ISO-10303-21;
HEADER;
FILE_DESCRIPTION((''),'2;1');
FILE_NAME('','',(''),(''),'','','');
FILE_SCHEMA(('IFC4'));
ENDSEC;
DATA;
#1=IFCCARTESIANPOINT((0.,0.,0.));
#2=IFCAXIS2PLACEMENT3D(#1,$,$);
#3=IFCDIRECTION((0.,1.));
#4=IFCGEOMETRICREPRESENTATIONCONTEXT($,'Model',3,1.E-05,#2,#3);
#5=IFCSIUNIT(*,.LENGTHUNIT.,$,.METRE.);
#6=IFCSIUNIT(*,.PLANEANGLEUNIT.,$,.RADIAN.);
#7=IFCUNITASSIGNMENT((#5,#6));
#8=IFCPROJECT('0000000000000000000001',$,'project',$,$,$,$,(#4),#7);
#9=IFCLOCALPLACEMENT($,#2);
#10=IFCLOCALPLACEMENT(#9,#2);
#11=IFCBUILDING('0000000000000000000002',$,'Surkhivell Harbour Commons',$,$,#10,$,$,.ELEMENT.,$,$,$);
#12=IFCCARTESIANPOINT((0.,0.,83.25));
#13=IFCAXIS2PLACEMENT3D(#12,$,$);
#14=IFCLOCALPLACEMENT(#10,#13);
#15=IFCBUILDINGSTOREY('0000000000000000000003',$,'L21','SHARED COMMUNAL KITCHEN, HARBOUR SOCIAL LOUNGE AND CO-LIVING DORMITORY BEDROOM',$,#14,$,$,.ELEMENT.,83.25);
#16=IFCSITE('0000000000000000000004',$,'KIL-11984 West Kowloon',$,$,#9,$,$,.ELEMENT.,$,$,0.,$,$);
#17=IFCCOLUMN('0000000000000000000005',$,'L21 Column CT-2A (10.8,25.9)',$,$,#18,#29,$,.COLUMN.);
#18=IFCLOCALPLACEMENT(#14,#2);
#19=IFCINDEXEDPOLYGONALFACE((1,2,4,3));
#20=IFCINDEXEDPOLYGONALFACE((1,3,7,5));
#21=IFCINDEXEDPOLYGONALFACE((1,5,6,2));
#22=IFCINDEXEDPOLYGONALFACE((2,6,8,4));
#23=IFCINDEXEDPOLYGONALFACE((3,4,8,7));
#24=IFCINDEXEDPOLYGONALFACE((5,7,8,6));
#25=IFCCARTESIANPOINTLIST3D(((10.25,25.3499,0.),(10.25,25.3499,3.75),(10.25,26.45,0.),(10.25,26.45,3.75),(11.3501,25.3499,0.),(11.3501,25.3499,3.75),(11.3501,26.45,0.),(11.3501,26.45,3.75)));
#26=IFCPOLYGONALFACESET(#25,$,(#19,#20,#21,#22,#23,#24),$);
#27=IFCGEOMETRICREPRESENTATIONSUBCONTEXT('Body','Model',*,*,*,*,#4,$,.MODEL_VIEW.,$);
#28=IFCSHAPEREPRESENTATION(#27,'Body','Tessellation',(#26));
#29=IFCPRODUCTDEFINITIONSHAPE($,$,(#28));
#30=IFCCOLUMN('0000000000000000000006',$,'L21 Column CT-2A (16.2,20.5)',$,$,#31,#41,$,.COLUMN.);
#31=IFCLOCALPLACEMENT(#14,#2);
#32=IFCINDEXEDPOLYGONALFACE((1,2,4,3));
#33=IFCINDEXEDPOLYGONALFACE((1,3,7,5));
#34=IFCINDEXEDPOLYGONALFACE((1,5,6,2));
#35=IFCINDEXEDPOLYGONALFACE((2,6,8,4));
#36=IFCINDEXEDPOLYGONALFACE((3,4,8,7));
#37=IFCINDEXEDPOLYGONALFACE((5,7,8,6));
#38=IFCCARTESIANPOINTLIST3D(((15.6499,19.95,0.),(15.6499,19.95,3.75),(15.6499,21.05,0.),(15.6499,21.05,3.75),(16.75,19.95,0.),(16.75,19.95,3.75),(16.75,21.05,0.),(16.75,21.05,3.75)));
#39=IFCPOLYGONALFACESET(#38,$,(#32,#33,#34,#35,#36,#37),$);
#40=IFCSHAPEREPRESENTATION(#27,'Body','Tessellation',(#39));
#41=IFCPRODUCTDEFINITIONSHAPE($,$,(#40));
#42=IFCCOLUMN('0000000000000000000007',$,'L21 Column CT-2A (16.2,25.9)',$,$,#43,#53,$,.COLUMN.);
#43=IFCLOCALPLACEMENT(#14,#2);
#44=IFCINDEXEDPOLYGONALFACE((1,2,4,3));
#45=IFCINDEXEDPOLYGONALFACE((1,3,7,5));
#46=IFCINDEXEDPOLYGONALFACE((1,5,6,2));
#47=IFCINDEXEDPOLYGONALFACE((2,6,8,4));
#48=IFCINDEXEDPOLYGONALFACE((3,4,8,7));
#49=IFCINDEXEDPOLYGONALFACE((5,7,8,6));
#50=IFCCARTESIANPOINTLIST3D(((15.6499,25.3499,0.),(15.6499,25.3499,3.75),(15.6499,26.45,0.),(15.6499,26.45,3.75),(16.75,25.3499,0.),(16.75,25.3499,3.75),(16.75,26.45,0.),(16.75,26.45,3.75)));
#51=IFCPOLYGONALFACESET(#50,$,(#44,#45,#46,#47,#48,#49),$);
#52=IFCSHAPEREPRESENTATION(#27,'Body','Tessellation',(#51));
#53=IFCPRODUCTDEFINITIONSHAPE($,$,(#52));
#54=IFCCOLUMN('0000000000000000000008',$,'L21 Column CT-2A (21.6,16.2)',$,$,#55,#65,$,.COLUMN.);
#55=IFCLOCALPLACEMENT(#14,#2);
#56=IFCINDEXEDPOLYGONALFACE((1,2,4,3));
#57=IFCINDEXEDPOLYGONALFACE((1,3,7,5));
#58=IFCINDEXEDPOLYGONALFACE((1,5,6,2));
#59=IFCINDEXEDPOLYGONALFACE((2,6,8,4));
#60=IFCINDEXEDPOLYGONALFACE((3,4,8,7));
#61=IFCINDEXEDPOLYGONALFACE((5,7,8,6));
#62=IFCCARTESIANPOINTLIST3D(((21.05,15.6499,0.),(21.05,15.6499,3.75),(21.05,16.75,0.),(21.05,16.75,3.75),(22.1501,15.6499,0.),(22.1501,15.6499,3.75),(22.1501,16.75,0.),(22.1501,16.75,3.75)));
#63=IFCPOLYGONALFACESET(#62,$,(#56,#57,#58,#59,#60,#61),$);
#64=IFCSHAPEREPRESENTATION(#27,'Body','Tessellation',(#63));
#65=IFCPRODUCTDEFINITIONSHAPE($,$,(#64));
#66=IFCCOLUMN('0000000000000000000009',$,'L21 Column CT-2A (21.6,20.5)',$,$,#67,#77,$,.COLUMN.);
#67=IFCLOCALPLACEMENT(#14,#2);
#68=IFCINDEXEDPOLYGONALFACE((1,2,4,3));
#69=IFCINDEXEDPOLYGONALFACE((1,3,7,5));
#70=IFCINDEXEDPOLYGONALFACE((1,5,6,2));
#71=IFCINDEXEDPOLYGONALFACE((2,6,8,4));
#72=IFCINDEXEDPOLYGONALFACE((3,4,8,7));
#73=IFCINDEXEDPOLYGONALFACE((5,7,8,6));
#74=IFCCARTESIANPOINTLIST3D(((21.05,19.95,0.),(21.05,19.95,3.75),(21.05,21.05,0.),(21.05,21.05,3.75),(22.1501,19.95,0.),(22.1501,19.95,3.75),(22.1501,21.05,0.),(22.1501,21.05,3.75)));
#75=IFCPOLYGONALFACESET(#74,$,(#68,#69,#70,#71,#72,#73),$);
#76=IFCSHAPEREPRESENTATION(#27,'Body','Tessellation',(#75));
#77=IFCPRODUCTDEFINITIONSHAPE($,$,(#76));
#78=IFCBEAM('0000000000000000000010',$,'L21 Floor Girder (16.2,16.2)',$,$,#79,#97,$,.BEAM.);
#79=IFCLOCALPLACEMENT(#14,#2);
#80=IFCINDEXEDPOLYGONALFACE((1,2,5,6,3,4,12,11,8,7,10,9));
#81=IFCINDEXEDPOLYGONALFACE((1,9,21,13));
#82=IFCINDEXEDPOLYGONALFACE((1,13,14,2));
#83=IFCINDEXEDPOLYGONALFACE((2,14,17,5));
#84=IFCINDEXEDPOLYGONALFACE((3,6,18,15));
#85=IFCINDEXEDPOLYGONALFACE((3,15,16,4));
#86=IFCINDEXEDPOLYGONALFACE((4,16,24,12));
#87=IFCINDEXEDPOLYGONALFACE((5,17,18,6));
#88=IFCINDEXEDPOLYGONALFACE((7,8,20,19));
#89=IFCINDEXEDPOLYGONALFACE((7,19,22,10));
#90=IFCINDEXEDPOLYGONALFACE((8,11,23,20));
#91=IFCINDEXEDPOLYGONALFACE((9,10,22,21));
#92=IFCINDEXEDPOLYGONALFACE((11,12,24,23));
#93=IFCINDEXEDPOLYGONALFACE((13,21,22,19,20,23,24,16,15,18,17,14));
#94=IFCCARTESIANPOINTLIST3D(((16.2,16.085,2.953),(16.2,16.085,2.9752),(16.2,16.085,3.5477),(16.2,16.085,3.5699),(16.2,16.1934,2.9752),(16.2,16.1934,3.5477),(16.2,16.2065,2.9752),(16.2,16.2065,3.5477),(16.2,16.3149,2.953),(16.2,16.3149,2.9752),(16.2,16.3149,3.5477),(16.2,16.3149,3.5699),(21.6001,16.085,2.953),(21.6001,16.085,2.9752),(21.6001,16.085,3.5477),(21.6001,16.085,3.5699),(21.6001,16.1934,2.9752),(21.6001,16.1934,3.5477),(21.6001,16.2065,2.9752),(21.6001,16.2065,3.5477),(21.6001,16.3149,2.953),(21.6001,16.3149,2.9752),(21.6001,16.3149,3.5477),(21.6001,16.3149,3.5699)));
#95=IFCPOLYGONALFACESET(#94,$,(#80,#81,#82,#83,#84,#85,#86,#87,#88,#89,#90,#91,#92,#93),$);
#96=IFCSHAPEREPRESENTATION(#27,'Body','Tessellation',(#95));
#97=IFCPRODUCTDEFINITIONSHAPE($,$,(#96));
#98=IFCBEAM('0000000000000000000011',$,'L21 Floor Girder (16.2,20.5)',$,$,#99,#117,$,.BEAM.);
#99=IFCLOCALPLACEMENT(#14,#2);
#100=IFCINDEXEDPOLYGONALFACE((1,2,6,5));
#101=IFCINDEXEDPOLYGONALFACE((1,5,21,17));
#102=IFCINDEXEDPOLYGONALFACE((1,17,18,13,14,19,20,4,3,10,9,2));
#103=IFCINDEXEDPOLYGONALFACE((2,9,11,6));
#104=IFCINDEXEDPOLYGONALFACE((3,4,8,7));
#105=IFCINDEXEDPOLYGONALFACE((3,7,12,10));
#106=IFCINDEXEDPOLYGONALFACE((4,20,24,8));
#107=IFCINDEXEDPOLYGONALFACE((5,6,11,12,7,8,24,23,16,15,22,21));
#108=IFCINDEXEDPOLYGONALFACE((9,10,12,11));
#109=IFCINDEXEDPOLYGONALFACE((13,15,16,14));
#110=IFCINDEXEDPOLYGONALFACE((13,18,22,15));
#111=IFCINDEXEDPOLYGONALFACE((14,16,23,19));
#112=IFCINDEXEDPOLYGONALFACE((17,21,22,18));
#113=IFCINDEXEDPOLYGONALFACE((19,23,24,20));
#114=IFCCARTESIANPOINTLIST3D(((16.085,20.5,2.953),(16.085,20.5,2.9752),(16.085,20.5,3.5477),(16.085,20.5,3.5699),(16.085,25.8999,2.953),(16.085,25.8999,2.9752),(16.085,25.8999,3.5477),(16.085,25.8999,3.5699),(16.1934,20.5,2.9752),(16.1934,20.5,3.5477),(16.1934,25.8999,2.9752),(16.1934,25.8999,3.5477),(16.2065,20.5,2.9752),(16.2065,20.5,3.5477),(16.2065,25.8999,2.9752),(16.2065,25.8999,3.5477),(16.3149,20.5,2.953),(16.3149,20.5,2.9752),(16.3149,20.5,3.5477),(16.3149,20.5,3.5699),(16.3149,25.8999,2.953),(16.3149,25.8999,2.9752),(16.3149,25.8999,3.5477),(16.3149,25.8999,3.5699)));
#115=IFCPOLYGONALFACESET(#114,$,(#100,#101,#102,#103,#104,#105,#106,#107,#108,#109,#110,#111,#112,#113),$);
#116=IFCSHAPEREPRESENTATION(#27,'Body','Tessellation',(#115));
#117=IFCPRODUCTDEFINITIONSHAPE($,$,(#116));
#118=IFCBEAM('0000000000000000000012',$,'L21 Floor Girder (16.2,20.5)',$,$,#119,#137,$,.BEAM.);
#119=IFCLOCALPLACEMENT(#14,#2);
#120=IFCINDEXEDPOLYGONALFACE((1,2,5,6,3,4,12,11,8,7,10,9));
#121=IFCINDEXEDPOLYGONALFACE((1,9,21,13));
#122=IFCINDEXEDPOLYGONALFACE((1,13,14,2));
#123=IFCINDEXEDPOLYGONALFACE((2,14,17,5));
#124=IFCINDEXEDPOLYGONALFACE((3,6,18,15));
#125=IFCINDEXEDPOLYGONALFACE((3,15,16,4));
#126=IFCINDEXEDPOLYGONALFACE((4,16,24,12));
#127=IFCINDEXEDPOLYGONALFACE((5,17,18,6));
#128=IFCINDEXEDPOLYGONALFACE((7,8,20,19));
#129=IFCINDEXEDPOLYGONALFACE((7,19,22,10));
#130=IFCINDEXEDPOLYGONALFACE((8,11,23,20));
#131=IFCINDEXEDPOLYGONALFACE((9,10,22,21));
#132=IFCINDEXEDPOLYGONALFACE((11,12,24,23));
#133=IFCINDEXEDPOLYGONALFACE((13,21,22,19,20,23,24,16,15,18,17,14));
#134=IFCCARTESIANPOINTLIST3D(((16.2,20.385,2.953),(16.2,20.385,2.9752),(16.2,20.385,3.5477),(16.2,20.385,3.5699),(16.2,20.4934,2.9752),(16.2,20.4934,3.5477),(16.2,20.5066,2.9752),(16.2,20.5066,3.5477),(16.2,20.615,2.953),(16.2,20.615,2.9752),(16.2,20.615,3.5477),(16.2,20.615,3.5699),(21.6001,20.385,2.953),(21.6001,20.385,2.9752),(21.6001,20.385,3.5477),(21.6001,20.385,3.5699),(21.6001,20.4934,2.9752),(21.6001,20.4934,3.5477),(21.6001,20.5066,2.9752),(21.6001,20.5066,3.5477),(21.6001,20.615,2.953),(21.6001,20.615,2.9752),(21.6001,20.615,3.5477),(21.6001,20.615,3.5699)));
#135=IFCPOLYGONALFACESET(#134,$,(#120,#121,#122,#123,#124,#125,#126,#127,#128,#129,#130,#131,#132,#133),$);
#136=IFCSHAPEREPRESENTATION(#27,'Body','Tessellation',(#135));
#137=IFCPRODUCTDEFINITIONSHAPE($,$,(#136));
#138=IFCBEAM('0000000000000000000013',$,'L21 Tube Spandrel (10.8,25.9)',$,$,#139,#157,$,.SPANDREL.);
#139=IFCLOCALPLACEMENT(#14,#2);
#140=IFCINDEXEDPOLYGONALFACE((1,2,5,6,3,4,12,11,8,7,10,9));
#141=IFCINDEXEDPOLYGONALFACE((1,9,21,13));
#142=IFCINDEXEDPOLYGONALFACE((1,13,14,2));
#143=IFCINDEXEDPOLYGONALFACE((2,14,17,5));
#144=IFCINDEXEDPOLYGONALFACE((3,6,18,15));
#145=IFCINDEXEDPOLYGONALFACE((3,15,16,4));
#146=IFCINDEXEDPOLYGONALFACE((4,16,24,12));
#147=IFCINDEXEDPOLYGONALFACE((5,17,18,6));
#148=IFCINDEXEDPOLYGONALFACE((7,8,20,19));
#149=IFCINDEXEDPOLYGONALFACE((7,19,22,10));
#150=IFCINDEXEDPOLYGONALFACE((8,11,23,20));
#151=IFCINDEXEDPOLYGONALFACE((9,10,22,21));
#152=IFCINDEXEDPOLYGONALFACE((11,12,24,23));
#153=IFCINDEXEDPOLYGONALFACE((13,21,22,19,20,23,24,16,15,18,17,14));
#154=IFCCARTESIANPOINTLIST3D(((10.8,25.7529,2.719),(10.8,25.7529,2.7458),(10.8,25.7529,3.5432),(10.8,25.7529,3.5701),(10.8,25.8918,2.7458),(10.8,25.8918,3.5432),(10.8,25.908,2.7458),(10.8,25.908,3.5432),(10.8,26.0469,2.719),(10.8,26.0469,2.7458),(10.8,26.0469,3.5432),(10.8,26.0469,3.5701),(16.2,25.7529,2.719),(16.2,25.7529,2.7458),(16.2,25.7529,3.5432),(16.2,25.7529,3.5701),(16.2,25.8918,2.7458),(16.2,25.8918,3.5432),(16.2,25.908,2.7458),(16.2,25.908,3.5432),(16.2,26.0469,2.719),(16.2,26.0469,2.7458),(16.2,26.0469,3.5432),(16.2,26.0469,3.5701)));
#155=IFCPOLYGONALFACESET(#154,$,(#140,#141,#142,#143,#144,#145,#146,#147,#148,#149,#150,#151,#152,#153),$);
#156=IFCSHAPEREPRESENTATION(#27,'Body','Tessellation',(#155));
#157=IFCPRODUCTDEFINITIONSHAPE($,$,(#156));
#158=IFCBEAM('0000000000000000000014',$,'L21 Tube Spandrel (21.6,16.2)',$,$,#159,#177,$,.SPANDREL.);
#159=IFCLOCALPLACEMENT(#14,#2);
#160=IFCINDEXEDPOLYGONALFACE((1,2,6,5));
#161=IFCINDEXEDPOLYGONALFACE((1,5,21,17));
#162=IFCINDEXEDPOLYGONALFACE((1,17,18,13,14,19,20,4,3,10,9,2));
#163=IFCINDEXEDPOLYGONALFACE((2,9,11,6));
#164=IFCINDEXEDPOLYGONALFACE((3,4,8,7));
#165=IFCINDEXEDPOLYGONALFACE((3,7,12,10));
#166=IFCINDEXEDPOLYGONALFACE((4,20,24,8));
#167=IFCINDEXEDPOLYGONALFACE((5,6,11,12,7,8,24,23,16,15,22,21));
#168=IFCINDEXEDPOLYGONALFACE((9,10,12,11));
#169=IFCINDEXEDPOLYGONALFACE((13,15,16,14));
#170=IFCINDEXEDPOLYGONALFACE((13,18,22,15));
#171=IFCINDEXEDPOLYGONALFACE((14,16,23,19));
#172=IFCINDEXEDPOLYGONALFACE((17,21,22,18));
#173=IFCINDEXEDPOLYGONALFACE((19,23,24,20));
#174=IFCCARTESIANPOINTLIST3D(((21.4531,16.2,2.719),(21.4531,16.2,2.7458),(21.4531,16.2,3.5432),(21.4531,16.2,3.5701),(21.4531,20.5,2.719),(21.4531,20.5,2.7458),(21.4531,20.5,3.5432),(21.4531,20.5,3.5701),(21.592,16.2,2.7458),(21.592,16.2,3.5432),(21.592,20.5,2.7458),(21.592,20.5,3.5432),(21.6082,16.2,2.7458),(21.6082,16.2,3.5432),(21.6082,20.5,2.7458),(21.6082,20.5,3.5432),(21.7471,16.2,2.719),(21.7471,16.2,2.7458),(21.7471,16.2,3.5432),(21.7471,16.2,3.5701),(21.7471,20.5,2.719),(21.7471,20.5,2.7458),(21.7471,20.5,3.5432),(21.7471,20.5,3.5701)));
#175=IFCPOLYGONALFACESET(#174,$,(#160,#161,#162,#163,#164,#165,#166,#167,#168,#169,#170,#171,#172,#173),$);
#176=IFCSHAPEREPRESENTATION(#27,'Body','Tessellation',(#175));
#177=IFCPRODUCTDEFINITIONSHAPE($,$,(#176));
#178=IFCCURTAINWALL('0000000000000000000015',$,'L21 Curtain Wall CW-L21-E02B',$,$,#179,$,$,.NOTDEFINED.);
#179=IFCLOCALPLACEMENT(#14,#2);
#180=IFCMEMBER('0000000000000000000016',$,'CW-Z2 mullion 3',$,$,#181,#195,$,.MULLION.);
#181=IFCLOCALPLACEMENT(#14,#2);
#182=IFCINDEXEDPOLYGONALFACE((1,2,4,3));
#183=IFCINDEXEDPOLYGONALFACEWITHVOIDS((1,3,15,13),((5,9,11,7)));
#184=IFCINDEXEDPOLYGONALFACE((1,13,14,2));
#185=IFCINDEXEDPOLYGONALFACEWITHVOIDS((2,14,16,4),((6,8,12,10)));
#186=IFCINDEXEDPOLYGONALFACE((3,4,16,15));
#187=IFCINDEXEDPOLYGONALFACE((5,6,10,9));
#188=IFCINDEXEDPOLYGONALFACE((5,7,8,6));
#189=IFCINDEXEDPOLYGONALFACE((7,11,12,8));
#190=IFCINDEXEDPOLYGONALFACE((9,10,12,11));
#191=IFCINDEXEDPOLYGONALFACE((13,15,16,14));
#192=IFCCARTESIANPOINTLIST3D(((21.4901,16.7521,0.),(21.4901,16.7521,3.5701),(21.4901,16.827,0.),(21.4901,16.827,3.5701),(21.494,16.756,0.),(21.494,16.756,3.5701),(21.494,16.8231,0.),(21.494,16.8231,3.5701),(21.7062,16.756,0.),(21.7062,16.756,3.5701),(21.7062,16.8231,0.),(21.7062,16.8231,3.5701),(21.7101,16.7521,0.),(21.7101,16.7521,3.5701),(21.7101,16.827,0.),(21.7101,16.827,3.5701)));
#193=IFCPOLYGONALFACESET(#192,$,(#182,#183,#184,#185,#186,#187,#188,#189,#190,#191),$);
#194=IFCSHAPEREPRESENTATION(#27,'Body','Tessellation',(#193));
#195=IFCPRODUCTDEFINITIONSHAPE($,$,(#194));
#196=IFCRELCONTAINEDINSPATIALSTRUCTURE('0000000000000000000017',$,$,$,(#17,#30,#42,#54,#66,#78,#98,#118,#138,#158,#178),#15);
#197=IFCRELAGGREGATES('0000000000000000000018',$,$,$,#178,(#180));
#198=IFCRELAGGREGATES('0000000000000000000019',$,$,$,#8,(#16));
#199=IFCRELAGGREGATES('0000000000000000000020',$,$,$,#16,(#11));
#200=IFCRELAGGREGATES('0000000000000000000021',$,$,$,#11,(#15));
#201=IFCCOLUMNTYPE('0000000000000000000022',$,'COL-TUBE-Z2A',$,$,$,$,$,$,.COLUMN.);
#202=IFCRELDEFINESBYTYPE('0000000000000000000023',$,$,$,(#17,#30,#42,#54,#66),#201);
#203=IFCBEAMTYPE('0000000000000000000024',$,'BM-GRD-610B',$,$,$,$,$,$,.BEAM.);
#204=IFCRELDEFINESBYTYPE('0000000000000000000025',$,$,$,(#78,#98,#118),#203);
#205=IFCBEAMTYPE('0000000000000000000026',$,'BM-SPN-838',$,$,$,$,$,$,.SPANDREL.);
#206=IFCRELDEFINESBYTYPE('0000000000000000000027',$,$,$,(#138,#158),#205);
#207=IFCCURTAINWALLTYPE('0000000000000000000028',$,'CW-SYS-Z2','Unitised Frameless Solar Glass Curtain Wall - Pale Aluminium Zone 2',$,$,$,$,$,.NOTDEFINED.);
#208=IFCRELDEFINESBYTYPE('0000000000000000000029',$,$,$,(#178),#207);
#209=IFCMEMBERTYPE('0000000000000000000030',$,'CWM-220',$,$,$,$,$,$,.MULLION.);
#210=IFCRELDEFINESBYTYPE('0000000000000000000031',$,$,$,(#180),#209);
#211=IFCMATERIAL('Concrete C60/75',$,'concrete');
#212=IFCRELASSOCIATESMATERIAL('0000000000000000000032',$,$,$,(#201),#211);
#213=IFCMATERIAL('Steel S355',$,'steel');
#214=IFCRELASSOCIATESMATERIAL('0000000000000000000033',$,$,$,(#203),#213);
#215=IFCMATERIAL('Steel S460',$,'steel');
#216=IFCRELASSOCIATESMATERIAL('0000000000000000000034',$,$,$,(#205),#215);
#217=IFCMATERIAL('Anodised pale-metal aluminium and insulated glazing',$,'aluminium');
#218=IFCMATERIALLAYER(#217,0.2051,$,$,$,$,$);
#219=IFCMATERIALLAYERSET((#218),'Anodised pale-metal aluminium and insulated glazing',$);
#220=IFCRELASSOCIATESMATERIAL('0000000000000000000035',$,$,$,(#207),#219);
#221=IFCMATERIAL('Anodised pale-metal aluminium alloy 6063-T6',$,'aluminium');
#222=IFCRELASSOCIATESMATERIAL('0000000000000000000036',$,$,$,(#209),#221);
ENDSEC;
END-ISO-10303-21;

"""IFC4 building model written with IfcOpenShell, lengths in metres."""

from ifc_helpers import new_model, si_unit, direction, frame, origin, origin_2d, place, context, subcontext, project, spatial, rectangle, hollow_rectangle, i_section, extrude, material, layer, layer_set, material_profile, profile_set, type_object, element, aggregate, save


model = new_model("IFC4")

# Units and contexts
model_context = context("Model", 3, precision=1e-05, world=origin(), true_north=direction((0.0, 1.0)))
body_context = subcontext(model_context, "Body", "Model", "MODEL_VIEW")
ifc_project = project(units=[si_unit("LENGTHUNIT", "METRE"), si_unit("PLANEANGLEUNIT", "RADIAN")], contexts=[model_context])

# Site, building, storey
site_placement = place(None, origin())
site = spatial("IfcSite", under=ifc_project, at=site_placement, Name="KIL-11984 West Kowloon", CompositionType="ELEMENT", RefElevation=0.0)
building_placement = place(site_placement, origin())
building = spatial("IfcBuilding", under=site, at=building_placement, Name="Surkhivell Harbour Commons", CompositionType="ELEMENT")
storey_placement = place(building_placement, frame((0.0, 0.0, 83.25)))
storey = spatial("IfcBuildingStorey", under=building, at=storey_placement, Name="L21", Description="SHARED COMMUNAL KITCHEN, HARBOUR SOCIAL LOUNGE AND CO-LIVING DORMITORY BEDROOM", CompositionType="ELEMENT", Elevation=83.25)

# Columns
ifc_material_1 = material(Name="Concrete C60/75", Category="concrete")
ifc_material_profile_1 = material_profile(ifc_material_1, rectangle(XDim=1.1001, YDim=1.1001, at=origin_2d()), Name="RC-COL-1100x1100")
ifc_profile_set_1 = profile_set([ifc_material_profile_1], Name="Concrete C60/75")
column_type = type_object("IfcColumnType", Name="COL-TUBE-Z2A", PredefinedType="COLUMN", material=ifc_profile_set_1)
for number, where, z_axis, x_axis, name in (
    (1, (10.8, 25.8999, 0.0), (0.0, 0.0, 1.0), (1.0, 0.0, 0.0), "L21 Column CT-2A (10.8,25.9)"),
    (2, (16.2, 20.5, 0.0), (0.0, 0.0, 1.0), (1.0, 0.0, 0.0), "L21 Column CT-2A (16.2,20.5)"),
    (3, (16.2, 25.8999, 0.0), (0.0, 0.0, 1.0), (1.0, 0.0, 0.0), "L21 Column CT-2A (16.2,25.9)"),
    (4, (21.6001, 16.2, 0.0), (0.0, 0.0, 1.0), (1.0, 0.0, 0.0), "L21 Column CT-2A (21.6,16.2)"),
    (5, (21.6001, 20.5, 0.0), (0.0, 0.0, 1.0), (1.0, 0.0, 0.0), "L21 Column CT-2A (21.6,20.5)"),
):
    element("IfcColumn", number, at=place(storey_placement, frame(where, z_axis=z_axis, x_axis=x_axis)), inside=storey, type_object=column_type, Name=name, PredefinedType="COLUMN", context=body_context, shape_type="SweptSolid", body=[
        extrude(rectangle(XDim=1.1001, YDim=1.1001, at=origin_2d()), origin(), (0.0, 0.0, 1.0), 3.75),
    ])

# Beams
ifc_material_2 = material(Name="Steel S355", Category="steel")
ifc_material_profile_2 = material_profile(ifc_material_2, i_section(OverallWidth=0.23, OverallDepth=0.6169, WebThickness=0.0132, FlangeThickness=0.0222, at=origin_2d()), Name="UB610x229x140")
ifc_profile_set_2 = profile_set([ifc_material_profile_2], Name="Steel S355")
beam_type_1 = type_object("IfcBeamType", Name="BM-GRD-610B", PredefinedType="BEAM", material=ifc_profile_set_2)
beam_1_placement = place(storey_placement, frame((16.2, 16.2, 3.2615), z_axis=(1.0, 0.0, 0.0), x_axis=(0.0, 1.0, 0.0)))
element("IfcBeam", 6, at=beam_1_placement, inside=storey, type_object=beam_type_1, Name="L21 Floor Girder (16.2,16.2)", PredefinedType="BEAM", context=body_context, shape_type="SweptSolid", body=[
    extrude(i_section(OverallWidth=0.23, OverallDepth=0.6169, WebThickness=0.0132, FlangeThickness=0.0222, at=origin_2d()), origin(), (0.0, 0.0, 1.0), 5.4001),
])
beam_2_placement = place(storey_placement, frame((16.2, 20.5, 3.2615), z_axis=(0.0, 1.0, 0.0), x_axis=(-1.0, 0.0, 0.0)))
element("IfcBeam", 7, at=beam_2_placement, inside=storey, type_object=beam_type_1, Name="L21 Floor Girder (16.2,20.5)", PredefinedType="BEAM", context=body_context, shape_type="SweptSolid", body=[
    extrude(i_section(OverallWidth=0.23, OverallDepth=0.6169, WebThickness=0.0132, FlangeThickness=0.0222, at=origin_2d()), origin(), (0.0, 0.0, 1.0), 5.3999),
])
beam_3_placement = place(storey_placement, frame((16.2, 20.5, 3.2615), z_axis=(1.0, 0.0, 0.0), x_axis=(0.0, 1.0, 0.0)))
element("IfcBeam", 8, at=beam_3_placement, inside=storey, type_object=beam_type_1, Name="L21 Floor Girder (16.2,20.5)", PredefinedType="BEAM", context=body_context, shape_type="SweptSolid", body=[
    extrude(i_section(OverallWidth=0.23, OverallDepth=0.6169, WebThickness=0.0132, FlangeThickness=0.0222, at=origin_2d()), origin(), (0.0, 0.0, 1.0), 5.4001),
])
ifc_material_3 = material(Name="Steel S460", Category="steel")
ifc_material_profile_3 = material_profile(ifc_material_3, i_section(OverallWidth=0.2939, OverallDepth=0.8511, WebThickness=0.0161, FlangeThickness=0.0269, at=origin_2d()), Name="UB838x292x226")
ifc_profile_set_3 = profile_set([ifc_material_profile_3], Name="Steel S460")
beam_type_2 = type_object("IfcBeamType", Name="BM-SPN-838", PredefinedType="SPANDREL", material=ifc_profile_set_3)
beam_4_placement = place(storey_placement, frame((10.8, 25.8999, 3.1445), z_axis=(1.0, 0.0, 0.0), x_axis=(0.0, 1.0, 0.0)))
element("IfcBeam", 9, at=beam_4_placement, inside=storey, type_object=beam_type_2, Name="L21 Tube Spandrel (10.8,25.9)", PredefinedType="SPANDREL", context=body_context, shape_type="SweptSolid", body=[
    extrude(i_section(OverallWidth=0.2939, OverallDepth=0.8511, WebThickness=0.0161, FlangeThickness=0.0269, at=origin_2d()), origin(), (0.0, 0.0, 1.0), 5.3999),
])
beam_5_placement = place(storey_placement, frame((21.6001, 16.2, 3.1445), z_axis=(0.0, 1.0, 0.0), x_axis=(-1.0, 0.0, 0.0)))
element("IfcBeam", 10, at=beam_5_placement, inside=storey, type_object=beam_type_2, Name="L21 Tube Spandrel (21.6,16.2)", PredefinedType="SPANDREL", context=body_context, shape_type="SweptSolid", body=[
    extrude(i_section(OverallWidth=0.2939, OverallDepth=0.8511, WebThickness=0.0161, FlangeThickness=0.0269, at=origin_2d()), origin(), (0.0, 0.0, 1.0), 4.3),
])

# Curtain wall, member
ifc_material_4 = material(Name="Anodised pale-metal aluminium and insulated glazing", Category="aluminium")
ifc_layer_1 = layer(ifc_material_4, 0.2051)
ifc_layer_set_1 = layer_set([ifc_layer_1], Name="Anodised pale-metal aluminium and insulated glazing")
curtain_wall_type = type_object("IfcCurtainWallType", Name="CW-SYS-Z2", Description="Unitised Frameless Solar Glass Curtain Wall - Pale Aluminium Zone 2", PredefinedType="NOTDEFINED", material=ifc_layer_set_1)
curtain_wall_1_placement = place(storey_placement, origin())
curtain_wall_1 = element("IfcCurtainWall", 11, at=curtain_wall_1_placement, inside=storey, type_object=curtain_wall_type, Name="L21 Curtain Wall CW-L21-E02B", PredefinedType="NOTDEFINED")
ifc_material_5 = material(Name="Anodised pale-metal aluminium alloy 6063-T6", Category="aluminium")
ifc_material_profile_4 = material_profile(ifc_material_5, hollow_rectangle(XDim=0.075, YDim=0.22, WallThickness=0.0039, at=origin_2d()), Name="ALU-MULL-75x220")
ifc_profile_set_4 = profile_set([ifc_material_profile_4], Name="Anodised pale-metal aluminium alloy 6063-T6")
member_type_1 = type_object("IfcMemberType", Name="CWM-220", PredefinedType="MULLION", material=ifc_profile_set_4)
member_1_placement = place(storey_placement, frame((21.6001, 16.7896, 0.0), z_axis=(0.0, 0.0, 1.0), x_axis=(0.0, 1.0, 0.0)))
member_1 = element("IfcMember", 12, at=member_1_placement, type_object=member_type_1, Name="CW-Z2 mullion 3", PredefinedType="MULLION", context=body_context, shape_type="SweptSolid", body=[
    extrude(hollow_rectangle(XDim=0.075, YDim=0.22, WallThickness=0.0039, at=origin_2d()), origin(), (0.0, 0.0, 1.0), 3.5701),
])

aggregate(curtain_wall_1, [member_1])

save(model, "model.ifc")
